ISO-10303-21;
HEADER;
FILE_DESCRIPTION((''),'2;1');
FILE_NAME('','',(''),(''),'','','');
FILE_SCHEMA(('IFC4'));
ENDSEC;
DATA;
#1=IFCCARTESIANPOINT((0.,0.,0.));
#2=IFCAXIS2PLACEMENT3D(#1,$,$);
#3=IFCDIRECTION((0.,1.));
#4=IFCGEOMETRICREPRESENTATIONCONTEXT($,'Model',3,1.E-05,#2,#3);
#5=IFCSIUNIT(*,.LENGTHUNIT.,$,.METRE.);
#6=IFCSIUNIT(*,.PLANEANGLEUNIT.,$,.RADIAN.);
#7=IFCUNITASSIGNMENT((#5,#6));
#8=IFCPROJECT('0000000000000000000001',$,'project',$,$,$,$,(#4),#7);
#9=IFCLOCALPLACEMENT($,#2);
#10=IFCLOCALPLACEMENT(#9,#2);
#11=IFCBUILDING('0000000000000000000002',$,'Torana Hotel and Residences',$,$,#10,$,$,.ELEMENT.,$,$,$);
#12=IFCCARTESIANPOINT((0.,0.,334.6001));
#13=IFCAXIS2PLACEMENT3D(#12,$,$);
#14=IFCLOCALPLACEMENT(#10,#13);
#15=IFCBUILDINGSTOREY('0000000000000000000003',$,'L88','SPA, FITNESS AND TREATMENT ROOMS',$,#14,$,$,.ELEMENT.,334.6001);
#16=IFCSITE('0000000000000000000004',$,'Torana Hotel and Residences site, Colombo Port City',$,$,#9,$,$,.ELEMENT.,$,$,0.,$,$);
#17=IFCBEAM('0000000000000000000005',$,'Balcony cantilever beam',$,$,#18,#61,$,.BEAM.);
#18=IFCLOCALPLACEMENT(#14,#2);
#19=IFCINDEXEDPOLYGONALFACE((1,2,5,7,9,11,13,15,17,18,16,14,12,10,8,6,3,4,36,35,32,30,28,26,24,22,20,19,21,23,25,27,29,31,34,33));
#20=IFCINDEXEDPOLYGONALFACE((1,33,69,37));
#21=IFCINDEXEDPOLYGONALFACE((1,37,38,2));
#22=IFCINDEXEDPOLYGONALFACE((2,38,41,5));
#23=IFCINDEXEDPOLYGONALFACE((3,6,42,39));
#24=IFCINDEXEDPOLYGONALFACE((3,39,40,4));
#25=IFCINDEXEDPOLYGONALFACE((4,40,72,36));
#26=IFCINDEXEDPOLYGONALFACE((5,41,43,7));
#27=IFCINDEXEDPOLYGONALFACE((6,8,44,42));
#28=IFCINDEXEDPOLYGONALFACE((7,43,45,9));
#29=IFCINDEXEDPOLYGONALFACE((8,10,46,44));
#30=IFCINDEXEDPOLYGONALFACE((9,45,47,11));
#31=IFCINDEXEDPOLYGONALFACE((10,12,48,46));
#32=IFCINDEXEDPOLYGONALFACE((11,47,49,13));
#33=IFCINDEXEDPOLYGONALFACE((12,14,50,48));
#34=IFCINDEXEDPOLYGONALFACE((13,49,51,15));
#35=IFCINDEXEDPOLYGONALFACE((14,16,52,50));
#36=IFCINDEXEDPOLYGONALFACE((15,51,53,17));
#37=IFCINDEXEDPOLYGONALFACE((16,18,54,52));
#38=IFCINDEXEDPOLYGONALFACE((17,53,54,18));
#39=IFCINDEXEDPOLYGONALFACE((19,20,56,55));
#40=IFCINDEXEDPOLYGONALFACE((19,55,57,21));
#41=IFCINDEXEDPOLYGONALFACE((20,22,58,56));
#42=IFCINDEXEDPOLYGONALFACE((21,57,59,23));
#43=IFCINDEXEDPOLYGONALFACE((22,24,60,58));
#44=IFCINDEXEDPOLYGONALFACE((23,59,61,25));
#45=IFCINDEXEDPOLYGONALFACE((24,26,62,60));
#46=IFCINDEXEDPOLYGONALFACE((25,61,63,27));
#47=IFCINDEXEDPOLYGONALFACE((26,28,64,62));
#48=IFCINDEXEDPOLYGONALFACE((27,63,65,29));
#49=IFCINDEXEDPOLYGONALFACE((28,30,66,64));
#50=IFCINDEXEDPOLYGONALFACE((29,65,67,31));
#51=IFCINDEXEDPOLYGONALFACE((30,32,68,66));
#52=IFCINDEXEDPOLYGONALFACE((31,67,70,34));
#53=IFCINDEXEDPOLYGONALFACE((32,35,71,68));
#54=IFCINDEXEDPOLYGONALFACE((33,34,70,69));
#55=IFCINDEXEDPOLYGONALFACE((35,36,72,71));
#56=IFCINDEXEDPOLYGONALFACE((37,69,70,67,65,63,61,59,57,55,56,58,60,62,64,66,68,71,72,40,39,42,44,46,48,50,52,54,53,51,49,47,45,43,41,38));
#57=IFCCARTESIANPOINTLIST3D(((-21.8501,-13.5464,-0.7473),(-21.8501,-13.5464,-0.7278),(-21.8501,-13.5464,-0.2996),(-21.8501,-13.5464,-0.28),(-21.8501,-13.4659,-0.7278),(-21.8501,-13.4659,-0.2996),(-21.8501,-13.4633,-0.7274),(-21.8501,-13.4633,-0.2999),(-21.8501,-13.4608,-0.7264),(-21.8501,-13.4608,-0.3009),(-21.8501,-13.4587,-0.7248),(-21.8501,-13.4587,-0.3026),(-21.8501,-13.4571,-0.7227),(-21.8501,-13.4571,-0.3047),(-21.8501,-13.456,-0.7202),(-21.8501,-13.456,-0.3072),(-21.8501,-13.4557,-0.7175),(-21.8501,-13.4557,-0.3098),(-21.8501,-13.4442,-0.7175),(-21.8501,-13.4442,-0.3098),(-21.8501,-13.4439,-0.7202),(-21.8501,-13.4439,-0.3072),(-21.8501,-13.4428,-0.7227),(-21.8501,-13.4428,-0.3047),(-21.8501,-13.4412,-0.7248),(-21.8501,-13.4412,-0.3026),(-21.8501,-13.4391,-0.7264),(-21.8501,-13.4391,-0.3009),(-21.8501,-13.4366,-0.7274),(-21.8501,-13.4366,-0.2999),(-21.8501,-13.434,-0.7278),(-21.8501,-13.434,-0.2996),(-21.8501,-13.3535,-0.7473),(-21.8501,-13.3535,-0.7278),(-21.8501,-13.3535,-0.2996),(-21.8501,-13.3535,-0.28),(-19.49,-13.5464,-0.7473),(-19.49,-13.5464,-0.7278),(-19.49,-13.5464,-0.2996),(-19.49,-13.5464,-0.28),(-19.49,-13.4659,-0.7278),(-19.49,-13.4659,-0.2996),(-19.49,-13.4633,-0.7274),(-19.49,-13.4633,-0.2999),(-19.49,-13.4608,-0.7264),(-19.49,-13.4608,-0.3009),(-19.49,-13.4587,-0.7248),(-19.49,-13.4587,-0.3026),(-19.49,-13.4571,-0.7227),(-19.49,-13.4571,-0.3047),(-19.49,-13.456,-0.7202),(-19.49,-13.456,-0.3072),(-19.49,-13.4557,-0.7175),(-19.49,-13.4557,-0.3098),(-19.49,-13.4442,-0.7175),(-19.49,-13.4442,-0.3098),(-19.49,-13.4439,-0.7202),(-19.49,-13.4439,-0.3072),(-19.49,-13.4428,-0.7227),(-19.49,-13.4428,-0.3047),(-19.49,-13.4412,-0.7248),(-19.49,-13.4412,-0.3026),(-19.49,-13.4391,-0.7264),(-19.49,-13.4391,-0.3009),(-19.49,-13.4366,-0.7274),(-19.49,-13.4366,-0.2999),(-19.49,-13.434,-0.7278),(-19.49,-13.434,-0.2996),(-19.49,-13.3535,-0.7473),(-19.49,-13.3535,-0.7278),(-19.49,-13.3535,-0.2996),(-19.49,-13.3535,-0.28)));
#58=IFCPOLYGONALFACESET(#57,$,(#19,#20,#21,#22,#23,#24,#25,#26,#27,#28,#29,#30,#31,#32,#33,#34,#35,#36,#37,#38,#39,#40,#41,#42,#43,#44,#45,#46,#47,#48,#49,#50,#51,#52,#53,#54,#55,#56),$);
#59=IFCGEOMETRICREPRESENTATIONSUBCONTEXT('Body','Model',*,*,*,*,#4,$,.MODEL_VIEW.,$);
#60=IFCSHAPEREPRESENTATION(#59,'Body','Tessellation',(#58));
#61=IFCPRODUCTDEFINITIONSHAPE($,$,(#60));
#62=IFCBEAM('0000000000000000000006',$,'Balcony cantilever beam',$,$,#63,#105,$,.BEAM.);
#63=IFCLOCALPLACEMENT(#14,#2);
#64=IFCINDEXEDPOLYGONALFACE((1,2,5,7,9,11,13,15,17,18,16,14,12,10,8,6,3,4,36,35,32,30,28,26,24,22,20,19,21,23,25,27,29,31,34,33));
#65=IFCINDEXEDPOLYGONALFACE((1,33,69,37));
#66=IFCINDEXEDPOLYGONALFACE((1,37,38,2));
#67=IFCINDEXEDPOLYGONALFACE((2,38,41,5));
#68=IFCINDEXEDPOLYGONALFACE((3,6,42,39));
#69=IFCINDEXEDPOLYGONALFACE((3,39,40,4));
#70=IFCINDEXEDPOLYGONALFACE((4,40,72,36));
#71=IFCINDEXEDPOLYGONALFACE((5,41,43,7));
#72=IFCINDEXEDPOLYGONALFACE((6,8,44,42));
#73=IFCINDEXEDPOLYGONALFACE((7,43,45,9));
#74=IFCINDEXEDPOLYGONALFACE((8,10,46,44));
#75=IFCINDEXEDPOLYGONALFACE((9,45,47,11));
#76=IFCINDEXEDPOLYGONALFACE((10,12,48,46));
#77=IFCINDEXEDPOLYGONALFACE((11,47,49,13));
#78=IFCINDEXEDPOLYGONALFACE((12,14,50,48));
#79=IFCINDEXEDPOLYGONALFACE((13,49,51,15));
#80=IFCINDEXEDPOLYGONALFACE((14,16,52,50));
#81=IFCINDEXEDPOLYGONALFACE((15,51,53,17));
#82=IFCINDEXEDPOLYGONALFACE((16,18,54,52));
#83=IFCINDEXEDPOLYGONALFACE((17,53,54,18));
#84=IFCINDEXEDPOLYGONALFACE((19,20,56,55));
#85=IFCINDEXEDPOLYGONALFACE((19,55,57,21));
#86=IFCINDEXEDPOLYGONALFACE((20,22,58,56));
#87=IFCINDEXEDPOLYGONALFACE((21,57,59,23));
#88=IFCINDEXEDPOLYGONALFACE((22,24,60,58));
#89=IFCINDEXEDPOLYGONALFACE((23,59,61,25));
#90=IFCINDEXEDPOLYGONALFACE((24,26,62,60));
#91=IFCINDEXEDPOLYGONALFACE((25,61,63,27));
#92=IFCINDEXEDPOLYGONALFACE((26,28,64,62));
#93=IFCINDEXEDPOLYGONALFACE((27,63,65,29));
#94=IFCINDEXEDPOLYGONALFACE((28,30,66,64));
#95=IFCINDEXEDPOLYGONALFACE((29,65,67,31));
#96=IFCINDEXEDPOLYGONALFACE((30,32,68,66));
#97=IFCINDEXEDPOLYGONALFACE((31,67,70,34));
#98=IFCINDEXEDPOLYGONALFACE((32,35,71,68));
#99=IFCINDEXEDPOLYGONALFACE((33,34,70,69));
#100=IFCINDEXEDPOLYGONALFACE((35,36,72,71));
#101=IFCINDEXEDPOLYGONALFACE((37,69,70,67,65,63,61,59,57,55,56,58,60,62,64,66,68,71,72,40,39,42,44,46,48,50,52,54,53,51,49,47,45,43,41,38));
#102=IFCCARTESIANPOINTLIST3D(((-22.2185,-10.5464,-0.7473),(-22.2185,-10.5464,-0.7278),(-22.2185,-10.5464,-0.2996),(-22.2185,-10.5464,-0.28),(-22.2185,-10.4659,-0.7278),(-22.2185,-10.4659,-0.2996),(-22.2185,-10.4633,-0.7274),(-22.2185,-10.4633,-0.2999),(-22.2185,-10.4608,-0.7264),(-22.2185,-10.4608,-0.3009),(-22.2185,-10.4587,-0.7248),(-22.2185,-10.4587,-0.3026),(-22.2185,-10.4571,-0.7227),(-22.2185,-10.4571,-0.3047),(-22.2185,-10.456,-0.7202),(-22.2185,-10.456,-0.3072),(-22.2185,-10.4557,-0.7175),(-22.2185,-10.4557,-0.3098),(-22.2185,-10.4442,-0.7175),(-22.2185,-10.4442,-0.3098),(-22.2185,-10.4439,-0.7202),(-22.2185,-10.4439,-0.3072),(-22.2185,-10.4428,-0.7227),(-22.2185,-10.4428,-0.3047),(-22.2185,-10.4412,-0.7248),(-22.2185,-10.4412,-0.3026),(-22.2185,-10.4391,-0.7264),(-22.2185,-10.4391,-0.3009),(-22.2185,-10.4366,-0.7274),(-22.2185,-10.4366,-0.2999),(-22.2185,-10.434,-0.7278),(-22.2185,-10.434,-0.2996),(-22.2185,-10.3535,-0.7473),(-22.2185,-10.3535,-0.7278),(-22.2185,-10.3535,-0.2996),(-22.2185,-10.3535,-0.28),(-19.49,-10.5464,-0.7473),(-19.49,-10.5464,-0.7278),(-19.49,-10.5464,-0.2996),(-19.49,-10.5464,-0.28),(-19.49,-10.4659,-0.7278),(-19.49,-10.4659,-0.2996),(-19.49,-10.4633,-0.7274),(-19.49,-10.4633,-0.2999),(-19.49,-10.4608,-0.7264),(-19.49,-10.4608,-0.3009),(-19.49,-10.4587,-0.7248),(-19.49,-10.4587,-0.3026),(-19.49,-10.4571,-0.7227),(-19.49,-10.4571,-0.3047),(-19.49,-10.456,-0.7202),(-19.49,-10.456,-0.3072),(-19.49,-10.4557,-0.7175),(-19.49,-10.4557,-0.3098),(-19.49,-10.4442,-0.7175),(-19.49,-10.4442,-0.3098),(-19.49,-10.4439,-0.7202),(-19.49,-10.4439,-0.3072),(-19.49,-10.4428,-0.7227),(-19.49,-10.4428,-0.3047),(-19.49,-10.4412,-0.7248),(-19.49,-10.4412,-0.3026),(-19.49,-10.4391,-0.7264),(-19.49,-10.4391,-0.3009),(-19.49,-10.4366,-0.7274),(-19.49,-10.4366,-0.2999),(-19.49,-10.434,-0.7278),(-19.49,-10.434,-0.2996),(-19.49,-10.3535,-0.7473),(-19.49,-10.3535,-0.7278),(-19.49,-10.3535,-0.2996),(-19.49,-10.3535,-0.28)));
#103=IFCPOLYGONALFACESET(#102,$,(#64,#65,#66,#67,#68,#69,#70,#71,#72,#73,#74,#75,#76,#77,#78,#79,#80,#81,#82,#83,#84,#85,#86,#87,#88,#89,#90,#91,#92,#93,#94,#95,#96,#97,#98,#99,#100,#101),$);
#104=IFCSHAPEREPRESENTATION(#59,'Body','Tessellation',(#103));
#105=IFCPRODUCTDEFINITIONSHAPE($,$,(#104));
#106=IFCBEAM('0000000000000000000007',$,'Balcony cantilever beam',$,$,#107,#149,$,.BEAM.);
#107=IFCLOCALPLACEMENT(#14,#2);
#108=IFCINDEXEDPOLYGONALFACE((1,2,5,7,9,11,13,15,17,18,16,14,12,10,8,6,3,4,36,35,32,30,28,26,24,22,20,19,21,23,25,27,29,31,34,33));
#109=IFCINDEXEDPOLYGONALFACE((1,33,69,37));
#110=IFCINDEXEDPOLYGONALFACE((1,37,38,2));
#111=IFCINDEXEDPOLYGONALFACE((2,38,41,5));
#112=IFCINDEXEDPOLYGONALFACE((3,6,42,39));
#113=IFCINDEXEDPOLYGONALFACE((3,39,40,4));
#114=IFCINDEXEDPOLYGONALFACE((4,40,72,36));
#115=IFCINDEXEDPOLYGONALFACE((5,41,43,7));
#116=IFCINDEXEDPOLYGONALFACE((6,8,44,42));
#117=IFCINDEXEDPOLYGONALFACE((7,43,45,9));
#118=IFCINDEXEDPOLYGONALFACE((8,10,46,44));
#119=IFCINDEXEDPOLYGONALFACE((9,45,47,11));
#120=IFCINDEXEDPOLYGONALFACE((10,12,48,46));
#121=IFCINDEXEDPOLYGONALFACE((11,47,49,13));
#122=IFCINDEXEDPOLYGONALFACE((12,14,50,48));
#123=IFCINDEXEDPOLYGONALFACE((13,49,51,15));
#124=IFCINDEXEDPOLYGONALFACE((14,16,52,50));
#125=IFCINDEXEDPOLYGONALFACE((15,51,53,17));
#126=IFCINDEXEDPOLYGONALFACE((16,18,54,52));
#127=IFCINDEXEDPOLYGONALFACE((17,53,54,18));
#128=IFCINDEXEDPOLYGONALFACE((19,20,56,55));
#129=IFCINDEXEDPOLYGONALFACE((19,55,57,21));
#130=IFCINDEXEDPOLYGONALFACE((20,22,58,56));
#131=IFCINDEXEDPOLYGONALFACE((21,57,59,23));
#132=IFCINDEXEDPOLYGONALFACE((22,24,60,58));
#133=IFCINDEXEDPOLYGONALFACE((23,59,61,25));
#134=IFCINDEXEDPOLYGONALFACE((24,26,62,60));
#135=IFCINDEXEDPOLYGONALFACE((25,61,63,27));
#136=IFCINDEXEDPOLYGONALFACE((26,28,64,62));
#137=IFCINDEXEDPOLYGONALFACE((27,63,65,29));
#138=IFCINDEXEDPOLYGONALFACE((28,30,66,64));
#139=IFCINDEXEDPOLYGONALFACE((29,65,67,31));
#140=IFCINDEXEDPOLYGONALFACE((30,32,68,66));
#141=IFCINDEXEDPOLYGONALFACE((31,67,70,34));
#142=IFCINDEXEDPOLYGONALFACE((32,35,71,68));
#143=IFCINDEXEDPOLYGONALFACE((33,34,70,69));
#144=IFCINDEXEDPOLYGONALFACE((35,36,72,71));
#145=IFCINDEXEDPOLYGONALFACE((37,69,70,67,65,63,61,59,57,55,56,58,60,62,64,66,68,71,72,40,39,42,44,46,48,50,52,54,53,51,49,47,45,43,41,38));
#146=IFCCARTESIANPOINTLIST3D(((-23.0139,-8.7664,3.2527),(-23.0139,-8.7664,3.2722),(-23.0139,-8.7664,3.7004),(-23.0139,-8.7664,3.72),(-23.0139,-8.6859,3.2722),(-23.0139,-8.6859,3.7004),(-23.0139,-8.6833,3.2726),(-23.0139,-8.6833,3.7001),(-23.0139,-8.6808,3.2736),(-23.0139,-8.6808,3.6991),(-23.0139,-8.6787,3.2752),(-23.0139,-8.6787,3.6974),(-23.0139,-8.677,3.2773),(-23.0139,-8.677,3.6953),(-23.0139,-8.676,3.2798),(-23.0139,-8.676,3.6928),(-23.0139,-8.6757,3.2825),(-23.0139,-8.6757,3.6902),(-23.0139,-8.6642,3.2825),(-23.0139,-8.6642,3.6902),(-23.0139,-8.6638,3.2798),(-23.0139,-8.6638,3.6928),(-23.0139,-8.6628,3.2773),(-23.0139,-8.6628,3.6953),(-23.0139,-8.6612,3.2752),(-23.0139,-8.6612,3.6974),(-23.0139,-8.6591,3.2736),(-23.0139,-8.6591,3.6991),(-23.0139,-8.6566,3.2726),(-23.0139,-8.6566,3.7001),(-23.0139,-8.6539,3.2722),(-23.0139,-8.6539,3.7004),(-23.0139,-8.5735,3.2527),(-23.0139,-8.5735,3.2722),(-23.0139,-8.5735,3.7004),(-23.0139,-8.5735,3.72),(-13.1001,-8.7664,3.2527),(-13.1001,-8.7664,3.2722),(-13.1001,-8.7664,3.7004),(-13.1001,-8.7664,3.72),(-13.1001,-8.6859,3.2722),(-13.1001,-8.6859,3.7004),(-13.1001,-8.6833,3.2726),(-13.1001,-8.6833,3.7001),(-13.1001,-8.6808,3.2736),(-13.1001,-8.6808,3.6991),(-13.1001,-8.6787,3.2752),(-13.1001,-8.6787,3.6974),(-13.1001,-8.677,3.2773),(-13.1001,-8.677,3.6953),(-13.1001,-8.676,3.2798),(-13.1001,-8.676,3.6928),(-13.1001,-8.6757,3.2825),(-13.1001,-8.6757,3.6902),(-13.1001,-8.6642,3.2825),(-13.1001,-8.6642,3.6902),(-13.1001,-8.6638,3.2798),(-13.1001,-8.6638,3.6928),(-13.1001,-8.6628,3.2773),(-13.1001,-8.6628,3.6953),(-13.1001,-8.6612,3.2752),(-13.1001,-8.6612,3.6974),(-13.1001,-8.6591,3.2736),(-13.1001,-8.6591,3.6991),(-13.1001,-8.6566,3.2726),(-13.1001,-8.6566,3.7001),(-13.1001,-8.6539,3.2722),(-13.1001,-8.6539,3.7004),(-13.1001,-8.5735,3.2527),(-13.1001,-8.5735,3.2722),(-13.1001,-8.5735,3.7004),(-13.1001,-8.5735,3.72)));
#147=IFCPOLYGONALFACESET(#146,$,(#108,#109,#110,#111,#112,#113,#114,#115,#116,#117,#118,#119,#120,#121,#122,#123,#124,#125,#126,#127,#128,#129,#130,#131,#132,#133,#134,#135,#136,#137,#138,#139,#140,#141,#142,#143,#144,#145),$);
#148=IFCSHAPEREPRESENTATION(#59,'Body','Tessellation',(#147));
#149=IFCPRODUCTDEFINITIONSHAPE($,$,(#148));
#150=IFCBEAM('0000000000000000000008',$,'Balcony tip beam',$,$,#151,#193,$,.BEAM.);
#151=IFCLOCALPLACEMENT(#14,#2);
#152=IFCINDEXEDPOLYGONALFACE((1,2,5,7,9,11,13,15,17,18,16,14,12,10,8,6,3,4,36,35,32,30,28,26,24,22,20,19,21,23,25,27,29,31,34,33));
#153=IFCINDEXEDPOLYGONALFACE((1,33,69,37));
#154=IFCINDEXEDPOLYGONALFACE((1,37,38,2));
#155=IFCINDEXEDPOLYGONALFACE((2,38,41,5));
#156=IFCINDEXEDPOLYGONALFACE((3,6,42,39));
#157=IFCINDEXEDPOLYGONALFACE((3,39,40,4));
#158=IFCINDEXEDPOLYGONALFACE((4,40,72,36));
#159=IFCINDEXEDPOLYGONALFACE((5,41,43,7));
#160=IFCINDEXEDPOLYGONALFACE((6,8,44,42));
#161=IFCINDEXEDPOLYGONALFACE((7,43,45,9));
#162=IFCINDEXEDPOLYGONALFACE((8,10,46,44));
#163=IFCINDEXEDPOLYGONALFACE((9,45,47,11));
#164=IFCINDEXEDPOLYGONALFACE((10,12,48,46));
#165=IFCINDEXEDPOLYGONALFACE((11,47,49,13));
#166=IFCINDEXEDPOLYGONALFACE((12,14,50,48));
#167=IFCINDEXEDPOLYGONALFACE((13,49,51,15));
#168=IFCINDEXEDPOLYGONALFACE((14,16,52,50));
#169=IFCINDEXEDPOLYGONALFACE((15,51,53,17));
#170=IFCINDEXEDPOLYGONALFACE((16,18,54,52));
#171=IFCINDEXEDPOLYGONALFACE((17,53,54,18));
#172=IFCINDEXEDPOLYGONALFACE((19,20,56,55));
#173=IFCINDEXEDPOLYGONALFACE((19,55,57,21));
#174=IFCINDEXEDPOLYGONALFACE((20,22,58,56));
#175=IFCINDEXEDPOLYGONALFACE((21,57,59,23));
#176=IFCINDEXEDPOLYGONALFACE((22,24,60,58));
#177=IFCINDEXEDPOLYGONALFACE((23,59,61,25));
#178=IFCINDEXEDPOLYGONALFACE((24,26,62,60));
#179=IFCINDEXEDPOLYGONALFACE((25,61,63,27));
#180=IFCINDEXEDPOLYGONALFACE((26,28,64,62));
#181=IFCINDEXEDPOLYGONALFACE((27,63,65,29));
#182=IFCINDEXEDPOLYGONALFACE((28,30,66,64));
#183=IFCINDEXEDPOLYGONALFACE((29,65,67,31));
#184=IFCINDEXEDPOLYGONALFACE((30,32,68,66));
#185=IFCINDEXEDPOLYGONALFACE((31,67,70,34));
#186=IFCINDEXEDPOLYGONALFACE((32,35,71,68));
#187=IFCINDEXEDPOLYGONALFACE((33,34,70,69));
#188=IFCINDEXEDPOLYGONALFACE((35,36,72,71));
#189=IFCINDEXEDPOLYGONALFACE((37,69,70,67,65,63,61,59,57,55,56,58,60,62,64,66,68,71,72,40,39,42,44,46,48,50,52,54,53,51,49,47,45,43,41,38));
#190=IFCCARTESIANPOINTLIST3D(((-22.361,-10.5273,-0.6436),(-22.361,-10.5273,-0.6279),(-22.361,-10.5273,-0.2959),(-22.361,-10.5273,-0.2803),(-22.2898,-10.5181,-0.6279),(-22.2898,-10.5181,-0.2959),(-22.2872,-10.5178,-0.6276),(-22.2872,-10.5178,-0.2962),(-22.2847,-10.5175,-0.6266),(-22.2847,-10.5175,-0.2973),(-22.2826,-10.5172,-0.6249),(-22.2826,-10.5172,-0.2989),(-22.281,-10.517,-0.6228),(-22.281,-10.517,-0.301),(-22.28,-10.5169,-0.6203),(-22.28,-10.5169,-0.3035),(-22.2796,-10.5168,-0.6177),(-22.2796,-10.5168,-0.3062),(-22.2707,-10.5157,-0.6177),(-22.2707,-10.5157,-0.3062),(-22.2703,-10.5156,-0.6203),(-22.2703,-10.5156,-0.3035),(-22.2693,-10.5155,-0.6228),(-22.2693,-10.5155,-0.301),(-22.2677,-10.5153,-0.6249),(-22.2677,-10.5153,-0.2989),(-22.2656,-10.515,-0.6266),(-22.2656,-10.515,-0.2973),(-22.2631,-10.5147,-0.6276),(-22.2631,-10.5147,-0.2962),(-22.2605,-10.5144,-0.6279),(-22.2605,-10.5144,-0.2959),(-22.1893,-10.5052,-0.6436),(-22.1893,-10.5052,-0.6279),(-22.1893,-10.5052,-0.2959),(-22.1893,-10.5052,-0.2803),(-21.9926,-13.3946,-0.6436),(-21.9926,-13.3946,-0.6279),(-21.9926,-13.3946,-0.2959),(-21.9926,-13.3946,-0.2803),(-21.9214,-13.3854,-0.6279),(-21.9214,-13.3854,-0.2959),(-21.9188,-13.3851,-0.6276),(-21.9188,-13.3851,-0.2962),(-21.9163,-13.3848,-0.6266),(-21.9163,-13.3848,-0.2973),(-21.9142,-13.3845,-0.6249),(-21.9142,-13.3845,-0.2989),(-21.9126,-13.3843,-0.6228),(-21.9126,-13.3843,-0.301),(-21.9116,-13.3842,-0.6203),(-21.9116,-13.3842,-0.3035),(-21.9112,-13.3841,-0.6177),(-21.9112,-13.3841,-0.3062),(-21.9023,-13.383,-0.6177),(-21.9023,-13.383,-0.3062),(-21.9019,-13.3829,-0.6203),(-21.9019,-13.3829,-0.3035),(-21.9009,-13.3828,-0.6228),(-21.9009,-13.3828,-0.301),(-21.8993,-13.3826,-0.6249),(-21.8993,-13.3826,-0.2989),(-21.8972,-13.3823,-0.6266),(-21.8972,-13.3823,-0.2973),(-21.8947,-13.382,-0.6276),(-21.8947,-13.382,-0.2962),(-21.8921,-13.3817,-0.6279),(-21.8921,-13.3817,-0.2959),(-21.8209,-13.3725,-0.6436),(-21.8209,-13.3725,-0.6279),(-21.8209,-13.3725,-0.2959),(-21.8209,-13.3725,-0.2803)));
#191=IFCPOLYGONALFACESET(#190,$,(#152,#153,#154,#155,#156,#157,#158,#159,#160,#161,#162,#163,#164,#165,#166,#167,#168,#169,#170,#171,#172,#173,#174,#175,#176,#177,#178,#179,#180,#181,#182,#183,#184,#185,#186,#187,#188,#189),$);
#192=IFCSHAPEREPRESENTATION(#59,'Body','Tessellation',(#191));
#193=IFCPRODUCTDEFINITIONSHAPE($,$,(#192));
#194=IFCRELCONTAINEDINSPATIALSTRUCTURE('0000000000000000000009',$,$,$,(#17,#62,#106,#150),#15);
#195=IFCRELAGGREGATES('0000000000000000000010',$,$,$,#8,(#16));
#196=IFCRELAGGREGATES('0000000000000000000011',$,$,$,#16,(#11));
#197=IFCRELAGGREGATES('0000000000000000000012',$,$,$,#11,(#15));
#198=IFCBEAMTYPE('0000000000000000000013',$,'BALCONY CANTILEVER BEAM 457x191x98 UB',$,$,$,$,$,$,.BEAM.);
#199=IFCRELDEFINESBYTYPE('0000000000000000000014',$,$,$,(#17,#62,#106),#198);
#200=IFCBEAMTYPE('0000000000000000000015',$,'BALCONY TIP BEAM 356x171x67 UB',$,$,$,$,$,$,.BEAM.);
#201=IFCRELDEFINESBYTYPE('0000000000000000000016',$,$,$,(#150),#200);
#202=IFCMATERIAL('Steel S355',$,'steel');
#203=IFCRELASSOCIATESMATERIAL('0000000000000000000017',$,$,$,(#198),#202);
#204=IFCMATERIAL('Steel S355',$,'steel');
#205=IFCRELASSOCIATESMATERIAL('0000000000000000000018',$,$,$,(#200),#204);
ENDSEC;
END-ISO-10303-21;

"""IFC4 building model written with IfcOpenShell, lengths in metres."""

from ifc_helpers import new_model, si_unit, direction, frame, origin, origin_2d, place, context, subcontext, project, spatial, i_section, extrude, material, material_profile, profile_set, type_object, element, save


model = new_model("IFC4")

# Units and contexts
model_context = context("Model", 3, precision=1e-05, world=origin(), true_north=direction((0.0, 1.0)))
body_context = subcontext(model_context, "Body", "Model", "MODEL_VIEW")
ifc_project = project(units=[si_unit("LENGTHUNIT", "METRE"), si_unit("PLANEANGLEUNIT", "RADIAN")], contexts=[model_context])

# Site, building, storey
site_placement = place(None, origin())
site = spatial("IfcSite", under=ifc_project, at=site_placement, Name="Torana Hotel and Residences site, Colombo Port City", CompositionType="ELEMENT", RefElevation=0.0)
building_placement = place(site_placement, origin())
building = spatial("IfcBuilding", under=site, at=building_placement, Name="Torana Hotel and Residences", CompositionType="ELEMENT")
storey_placement = place(building_placement, frame((0.0, 0.0, 334.6001)))
storey = spatial("IfcBuildingStorey", under=building, at=storey_placement, Name="L88", Description="SPA, FITNESS AND TREATMENT ROOMS", CompositionType="ELEMENT", Elevation=334.6001)

# Beams
ifc_material_1 = material(Name="Steel S355", Category="steel")
ifc_material_profile_1 = material_profile(ifc_material_1, i_section(OverallWidth=0.1929, OverallDepth=0.4673, WebThickness=0.0115, FlangeThickness=0.0195, FilletRadius=0.0103, at=origin_2d()), Name="457x191x98 UB")
ifc_profile_set_1 = profile_set([ifc_material_profile_1], Name="Steel S355")
beam_type_1 = type_object("IfcBeamType", Name="BALCONY CANTILEVER BEAM 457x191x98 UB", PredefinedType="BEAM", material=ifc_profile_set_1)
beam_1_placement = place(storey_placement, frame((-19.49, -13.45, -0.5137), z_axis=(-1.0, 0.0, 0.0), x_axis=(0.0, -1.0, 0.0)))
element("IfcBeam", 1, at=beam_1_placement, inside=storey, type_object=beam_type_1, Name="Balcony cantilever beam", PredefinedType="BEAM", context=body_context, shape_type="SweptSolid", body=[
    extrude(i_section(OverallWidth=0.1929, OverallDepth=0.4673, WebThickness=0.0115, FlangeThickness=0.0195, FilletRadius=0.0103, at=origin_2d()), origin(), (0.0, 0.0, 1.0), 2.3601),
])
beam_2_placement = place(storey_placement, frame((-19.49, -10.45, -0.5137), z_axis=(-1.0, 0.0, 0.0), x_axis=(0.0, -1.0, 0.0)))
element("IfcBeam", 2, at=beam_2_placement, inside=storey, type_object=beam_type_1, Name="Balcony cantilever beam", PredefinedType="BEAM", context=body_context, shape_type="SweptSolid", body=[
    extrude(i_section(OverallWidth=0.1929, OverallDepth=0.4673, WebThickness=0.0115, FlangeThickness=0.0195, FilletRadius=0.0103, at=origin_2d()), origin(), (0.0, 0.0, 1.0), 2.7285),
])
beam_3_placement = place(storey_placement, frame((-23.0139, -8.6699, 3.4863), z_axis=(1.0, 0.0, 0.0), x_axis=(0.0, 1.0, 0.0)))
element("IfcBeam", 3, at=beam_3_placement, inside=storey, type_object=beam_type_1, Name="Balcony cantilever beam", PredefinedType="BEAM", context=body_context, shape_type="SweptSolid", body=[
    extrude(i_section(OverallWidth=0.1929, OverallDepth=0.4673, WebThickness=0.0115, FlangeThickness=0.0195, FilletRadius=0.0103, at=origin_2d()), origin(), (0.0, 0.0, 1.0), 9.9138),
])
ifc_material_2 = material(Name="Steel S355", Category="steel")
ifc_material_profile_2 = material_profile(ifc_material_2, i_section(OverallWidth=0.1731, OverallDepth=0.3633, WebThickness=0.009, FlangeThickness=0.0156, FilletRadius=0.0103, at=origin_2d()), Name="356x171x67 UB")
ifc_profile_set_2 = profile_set([ifc_material_profile_2], Name="Steel S355")
beam_type_2 = type_object("IfcBeamType", Name="BALCONY TIP BEAM 356x171x67 UB", PredefinedType="BEAM", material=ifc_profile_set_2)
beam_4_placement = place(storey_placement, frame((-21.9067, -13.3835, -0.4619), z_axis=(-0.127443, 0.991846, 0.0), x_axis=(-0.991846, -0.127443, 0.0)))
element("IfcBeam", 4, at=beam_4_placement, inside=storey, type_object=beam_type_2, Name="Balcony tip beam", PredefinedType="BEAM", context=body_context, shape_type="SweptSolid", body=[
    extrude(i_section(OverallWidth=0.1731, OverallDepth=0.3633, WebThickness=0.009, FlangeThickness=0.0156, FilletRadius=0.0103, at=origin_2d()), origin(), (0.0, 0.0, 1.0), 2.8909),
])

save(model, "model.ifc")
